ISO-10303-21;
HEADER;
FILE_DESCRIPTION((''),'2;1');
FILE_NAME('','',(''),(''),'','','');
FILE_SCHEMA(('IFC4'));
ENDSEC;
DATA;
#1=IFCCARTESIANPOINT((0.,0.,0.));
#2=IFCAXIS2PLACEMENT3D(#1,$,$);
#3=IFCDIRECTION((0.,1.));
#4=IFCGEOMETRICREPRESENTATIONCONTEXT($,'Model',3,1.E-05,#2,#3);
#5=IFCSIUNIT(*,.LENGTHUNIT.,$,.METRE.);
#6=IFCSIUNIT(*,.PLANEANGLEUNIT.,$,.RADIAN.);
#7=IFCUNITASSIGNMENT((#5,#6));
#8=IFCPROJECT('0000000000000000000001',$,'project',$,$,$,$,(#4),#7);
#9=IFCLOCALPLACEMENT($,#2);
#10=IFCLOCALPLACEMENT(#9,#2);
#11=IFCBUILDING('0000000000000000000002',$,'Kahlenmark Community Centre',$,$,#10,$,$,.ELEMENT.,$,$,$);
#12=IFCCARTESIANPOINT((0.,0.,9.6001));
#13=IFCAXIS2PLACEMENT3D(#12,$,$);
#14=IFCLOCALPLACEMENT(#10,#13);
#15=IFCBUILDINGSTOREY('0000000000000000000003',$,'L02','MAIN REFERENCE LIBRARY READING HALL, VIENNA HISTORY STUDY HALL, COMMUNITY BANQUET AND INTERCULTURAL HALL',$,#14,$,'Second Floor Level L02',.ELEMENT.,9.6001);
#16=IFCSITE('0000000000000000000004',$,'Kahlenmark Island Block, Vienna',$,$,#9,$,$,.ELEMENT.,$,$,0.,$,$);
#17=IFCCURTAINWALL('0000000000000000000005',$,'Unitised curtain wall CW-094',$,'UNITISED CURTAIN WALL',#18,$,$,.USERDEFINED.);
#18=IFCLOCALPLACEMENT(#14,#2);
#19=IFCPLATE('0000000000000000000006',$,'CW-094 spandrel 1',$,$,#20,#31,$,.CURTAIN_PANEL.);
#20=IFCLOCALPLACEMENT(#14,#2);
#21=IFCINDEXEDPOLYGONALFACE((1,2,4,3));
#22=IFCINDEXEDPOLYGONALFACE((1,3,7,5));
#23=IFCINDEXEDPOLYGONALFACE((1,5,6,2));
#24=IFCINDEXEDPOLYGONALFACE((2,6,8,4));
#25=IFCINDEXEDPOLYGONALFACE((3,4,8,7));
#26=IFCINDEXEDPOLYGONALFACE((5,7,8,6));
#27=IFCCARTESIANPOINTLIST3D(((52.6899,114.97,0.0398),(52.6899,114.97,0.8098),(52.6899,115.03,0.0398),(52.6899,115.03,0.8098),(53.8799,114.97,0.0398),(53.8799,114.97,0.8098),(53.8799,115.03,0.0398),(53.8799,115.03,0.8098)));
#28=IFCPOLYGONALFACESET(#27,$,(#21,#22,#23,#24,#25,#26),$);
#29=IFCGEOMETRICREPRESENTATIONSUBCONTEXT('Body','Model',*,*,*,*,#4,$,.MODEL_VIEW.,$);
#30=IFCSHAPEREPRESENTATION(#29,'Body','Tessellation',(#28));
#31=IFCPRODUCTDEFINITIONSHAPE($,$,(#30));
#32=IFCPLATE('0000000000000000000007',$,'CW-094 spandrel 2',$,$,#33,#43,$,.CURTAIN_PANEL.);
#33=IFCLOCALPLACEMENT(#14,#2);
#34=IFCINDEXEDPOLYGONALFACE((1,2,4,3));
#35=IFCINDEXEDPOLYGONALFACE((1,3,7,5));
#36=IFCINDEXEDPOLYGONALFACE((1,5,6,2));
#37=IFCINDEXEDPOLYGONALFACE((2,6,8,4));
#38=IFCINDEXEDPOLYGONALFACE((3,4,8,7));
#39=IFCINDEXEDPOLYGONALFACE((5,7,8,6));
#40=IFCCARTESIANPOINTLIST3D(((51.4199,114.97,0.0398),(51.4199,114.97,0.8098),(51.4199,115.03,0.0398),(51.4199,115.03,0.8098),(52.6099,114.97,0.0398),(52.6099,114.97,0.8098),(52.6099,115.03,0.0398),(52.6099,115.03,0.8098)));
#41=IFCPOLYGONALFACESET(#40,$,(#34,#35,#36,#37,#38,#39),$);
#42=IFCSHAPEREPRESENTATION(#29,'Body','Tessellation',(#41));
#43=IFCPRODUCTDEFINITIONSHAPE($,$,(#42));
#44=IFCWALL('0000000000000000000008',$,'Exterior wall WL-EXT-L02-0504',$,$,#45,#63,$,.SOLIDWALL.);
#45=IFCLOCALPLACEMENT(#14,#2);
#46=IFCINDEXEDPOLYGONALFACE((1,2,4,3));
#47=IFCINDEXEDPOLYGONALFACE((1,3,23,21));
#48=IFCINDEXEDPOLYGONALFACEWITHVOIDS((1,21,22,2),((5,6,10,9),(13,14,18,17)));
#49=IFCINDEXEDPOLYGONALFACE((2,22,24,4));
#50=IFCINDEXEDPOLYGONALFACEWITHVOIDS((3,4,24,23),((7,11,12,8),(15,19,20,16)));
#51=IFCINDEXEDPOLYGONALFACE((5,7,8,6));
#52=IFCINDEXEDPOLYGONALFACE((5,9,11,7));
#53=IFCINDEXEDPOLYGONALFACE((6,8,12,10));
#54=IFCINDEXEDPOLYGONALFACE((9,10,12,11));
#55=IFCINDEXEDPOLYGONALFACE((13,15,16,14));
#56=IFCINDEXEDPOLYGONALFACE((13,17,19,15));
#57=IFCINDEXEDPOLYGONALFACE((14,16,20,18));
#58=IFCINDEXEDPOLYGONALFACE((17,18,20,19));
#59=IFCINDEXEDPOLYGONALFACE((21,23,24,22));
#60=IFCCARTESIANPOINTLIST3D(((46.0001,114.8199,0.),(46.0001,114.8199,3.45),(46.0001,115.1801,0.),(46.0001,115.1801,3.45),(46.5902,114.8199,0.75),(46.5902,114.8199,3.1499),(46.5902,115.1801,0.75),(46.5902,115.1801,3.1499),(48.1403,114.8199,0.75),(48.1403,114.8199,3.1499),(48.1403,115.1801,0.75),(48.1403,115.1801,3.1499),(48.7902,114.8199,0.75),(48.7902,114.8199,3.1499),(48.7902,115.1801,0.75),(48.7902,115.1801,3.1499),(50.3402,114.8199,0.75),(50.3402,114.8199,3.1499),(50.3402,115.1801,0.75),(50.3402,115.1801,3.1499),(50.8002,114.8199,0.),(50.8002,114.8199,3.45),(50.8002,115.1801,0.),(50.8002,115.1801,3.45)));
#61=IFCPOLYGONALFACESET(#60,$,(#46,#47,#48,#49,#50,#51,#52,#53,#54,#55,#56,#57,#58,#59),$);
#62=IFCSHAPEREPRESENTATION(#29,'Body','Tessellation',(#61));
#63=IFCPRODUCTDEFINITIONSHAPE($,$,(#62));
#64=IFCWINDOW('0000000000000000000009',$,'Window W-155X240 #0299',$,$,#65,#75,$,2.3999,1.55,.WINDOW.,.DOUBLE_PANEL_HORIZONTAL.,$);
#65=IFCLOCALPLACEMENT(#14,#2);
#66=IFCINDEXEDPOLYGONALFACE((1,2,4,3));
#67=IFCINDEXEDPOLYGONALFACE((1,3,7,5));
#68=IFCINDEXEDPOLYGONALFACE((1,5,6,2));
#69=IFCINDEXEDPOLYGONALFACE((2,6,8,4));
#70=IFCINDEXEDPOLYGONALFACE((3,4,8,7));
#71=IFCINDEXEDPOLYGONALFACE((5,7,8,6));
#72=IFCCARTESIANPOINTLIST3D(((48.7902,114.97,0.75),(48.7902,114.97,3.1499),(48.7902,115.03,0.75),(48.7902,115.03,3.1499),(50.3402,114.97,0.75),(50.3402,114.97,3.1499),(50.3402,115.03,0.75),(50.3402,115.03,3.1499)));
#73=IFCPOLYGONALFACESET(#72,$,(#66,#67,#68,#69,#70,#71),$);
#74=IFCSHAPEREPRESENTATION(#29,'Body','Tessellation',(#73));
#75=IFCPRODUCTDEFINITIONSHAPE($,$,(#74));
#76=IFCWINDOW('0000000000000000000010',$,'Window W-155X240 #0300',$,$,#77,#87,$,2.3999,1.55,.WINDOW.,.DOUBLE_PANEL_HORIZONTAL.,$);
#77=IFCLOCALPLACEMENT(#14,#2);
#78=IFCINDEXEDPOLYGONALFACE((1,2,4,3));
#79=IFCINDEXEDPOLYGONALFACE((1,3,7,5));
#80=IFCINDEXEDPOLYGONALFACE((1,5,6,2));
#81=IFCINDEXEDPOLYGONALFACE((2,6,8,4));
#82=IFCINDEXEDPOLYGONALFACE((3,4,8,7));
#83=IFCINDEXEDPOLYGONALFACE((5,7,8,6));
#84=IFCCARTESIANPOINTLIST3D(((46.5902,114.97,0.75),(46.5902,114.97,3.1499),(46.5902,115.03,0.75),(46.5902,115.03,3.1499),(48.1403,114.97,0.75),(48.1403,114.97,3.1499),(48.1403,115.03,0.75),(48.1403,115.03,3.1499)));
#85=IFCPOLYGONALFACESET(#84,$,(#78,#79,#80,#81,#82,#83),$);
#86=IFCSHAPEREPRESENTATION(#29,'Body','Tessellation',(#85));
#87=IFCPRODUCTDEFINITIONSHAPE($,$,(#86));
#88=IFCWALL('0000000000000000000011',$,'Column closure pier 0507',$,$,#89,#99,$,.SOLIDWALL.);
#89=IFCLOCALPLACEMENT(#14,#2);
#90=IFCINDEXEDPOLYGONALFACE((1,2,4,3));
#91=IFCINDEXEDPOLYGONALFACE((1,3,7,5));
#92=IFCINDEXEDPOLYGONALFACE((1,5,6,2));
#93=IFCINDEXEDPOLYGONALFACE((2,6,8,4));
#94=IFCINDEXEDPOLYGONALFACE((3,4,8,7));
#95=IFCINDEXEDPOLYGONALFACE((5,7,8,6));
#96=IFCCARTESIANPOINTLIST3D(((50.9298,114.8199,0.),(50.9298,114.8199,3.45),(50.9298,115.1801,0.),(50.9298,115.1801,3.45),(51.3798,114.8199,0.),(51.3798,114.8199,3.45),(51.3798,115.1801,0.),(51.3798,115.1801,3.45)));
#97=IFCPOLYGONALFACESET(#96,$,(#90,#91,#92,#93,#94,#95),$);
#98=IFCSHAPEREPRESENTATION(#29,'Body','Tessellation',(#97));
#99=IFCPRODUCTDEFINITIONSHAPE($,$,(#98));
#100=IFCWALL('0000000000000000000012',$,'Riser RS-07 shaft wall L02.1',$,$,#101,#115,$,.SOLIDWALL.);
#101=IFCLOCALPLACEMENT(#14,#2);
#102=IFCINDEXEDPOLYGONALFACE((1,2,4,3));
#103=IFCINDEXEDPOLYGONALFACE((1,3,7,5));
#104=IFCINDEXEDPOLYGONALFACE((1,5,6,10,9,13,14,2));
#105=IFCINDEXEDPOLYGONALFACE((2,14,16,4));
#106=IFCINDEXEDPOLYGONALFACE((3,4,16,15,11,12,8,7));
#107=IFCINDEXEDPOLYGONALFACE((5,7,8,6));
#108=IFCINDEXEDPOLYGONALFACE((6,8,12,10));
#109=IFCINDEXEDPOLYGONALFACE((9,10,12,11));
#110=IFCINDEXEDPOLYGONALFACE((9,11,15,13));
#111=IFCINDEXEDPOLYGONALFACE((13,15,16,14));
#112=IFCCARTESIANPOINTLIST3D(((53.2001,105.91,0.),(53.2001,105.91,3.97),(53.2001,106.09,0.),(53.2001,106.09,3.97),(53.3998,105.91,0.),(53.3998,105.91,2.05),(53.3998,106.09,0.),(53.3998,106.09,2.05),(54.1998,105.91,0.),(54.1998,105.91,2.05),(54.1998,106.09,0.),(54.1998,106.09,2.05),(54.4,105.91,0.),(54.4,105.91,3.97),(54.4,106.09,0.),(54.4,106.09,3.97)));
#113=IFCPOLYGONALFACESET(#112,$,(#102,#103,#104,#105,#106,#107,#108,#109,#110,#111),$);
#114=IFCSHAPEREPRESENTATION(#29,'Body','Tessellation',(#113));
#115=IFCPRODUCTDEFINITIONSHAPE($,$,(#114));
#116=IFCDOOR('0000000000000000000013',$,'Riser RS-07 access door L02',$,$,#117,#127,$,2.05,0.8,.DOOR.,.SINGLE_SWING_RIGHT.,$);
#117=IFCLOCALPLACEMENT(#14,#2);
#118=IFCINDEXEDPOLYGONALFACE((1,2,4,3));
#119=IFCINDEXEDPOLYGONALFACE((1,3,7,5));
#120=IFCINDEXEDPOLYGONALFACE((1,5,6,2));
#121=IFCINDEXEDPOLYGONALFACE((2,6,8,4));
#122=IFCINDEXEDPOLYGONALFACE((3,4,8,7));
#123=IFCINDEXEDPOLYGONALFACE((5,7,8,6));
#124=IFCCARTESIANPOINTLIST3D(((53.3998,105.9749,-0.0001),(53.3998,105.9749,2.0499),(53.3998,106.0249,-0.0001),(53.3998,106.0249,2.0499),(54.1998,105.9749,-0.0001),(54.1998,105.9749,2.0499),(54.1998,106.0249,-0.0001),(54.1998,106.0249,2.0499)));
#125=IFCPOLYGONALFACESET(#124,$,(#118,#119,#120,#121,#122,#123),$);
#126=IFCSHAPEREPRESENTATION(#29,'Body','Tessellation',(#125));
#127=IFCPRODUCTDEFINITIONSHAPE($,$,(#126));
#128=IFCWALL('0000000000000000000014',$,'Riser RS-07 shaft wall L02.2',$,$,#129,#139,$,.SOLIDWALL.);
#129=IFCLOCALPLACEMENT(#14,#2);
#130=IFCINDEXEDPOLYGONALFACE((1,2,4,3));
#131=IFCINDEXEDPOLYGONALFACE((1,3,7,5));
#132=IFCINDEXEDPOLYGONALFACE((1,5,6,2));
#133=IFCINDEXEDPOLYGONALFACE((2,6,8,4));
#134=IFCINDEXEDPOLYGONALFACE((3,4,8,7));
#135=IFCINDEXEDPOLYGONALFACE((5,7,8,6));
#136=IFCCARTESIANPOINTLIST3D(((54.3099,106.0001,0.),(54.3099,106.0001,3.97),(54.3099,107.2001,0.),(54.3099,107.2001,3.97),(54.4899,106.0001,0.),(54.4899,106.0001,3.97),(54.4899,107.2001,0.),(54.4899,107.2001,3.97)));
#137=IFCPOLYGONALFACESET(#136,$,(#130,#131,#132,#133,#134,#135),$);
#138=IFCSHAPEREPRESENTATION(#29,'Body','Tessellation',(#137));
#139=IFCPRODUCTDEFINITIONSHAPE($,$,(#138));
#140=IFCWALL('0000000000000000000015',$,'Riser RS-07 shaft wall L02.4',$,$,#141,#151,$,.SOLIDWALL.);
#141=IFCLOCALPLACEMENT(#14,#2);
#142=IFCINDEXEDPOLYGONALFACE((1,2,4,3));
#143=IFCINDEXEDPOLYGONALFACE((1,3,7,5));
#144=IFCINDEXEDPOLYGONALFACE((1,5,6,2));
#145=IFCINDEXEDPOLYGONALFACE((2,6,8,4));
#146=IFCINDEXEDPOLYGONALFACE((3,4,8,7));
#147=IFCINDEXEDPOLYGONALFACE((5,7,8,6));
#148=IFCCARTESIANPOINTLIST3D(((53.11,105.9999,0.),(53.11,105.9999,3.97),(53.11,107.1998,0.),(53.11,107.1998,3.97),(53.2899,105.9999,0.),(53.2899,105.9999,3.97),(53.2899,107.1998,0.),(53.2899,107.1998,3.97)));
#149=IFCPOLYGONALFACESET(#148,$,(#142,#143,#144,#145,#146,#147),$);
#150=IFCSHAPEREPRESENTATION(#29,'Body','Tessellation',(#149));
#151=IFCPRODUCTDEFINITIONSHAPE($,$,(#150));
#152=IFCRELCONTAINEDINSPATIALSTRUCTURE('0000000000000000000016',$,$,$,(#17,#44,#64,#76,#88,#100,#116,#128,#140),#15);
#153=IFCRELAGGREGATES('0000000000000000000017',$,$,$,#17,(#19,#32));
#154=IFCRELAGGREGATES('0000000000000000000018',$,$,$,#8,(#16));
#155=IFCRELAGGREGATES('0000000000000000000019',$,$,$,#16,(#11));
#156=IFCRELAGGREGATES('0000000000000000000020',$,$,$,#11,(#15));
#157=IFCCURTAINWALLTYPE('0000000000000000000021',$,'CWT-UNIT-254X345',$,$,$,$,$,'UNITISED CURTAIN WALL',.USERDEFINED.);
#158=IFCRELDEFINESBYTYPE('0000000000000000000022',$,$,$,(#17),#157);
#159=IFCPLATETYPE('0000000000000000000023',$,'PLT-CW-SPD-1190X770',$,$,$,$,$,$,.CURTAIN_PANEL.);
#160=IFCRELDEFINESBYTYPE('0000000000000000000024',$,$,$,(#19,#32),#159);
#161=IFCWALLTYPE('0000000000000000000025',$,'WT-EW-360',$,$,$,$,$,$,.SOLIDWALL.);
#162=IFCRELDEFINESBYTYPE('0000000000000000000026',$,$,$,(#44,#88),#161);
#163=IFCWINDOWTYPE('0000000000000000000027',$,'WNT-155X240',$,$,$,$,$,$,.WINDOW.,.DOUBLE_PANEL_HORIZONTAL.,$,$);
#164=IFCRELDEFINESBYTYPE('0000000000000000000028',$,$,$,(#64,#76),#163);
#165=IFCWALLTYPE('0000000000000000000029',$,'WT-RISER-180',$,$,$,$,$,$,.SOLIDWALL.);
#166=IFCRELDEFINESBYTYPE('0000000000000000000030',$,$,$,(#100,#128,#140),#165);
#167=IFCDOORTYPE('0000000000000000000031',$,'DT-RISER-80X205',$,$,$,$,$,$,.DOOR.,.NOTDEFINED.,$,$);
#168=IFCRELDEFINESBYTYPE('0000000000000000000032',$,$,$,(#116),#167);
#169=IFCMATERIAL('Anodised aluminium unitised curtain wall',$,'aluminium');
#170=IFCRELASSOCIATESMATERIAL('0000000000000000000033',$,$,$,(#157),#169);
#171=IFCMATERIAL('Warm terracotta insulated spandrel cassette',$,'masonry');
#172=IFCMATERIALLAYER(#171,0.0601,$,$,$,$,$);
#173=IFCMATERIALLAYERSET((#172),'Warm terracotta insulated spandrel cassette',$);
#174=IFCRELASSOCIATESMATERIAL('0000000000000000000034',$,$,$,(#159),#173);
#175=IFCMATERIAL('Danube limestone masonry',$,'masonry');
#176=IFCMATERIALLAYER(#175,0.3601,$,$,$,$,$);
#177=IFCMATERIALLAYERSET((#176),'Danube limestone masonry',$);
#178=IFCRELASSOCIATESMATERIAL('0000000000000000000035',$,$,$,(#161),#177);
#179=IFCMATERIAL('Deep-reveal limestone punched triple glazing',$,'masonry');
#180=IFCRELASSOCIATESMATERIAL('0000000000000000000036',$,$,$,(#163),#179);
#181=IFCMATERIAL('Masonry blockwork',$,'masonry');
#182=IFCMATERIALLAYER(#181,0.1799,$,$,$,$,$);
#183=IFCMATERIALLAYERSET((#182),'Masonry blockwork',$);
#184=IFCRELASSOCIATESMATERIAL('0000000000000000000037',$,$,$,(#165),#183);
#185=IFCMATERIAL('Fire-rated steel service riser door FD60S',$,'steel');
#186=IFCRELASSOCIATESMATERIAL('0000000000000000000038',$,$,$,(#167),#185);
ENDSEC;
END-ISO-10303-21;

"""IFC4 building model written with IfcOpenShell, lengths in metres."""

from ifc_helpers import new_model, si_unit, direction, frame, frame_2d, origin, origin_2d, place, context, subcontext, project, spatial, rectangle, extrude, material, layer, layer_set, type_object, element, fill, aggregate, save


model = new_model("IFC4")

# Units and contexts
model_context = context("Model", 3, precision=1e-05, world=origin(), true_north=direction((0.0, 1.0)))
body_context = subcontext(model_context, "Body", "Model", "MODEL_VIEW")
ifc_project = project(units=[si_unit("LENGTHUNIT", "METRE"), si_unit("PLANEANGLEUNIT", "RADIAN")], contexts=[model_context])

# Site, building, storey
site_placement = place(None, origin())
site = spatial("IfcSite", under=ifc_project, at=site_placement, Name="Kahlenmark Island Block, Vienna", CompositionType="ELEMENT", RefElevation=0.0)
building_placement = place(site_placement, origin())
building = spatial("IfcBuilding", under=site, at=building_placement, Name="Kahlenmark Community Centre", CompositionType="ELEMENT")
storey_placement = place(building_placement, frame((0.0, 0.0, 9.6001)))
storey = spatial("IfcBuildingStorey", under=building, at=storey_placement, Name="L02", Description="MAIN REFERENCE LIBRARY READING HALL, VIENNA HISTORY STUDY HALL, COMMUNITY BANQUET AND INTERCULTURAL HALL", LongName="Second Floor Level L02", CompositionType="ELEMENT", Elevation=9.6001)

# Curtain wall, plates
ifc_material_1 = material(Name="Anodised aluminium unitised curtain wall", Category="aluminium")
curtain_wall_type = type_object("IfcCurtainWallType", Name="CWT-UNIT-254X345", ElementType="UNITISED CURTAIN WALL", PredefinedType="USERDEFINED", material=ifc_material_1)
curtain_wall_placement = place(storey_placement, origin())
curtain_wall = element("IfcCurtainWall", 1, at=curtain_wall_placement, inside=storey, type_object=curtain_wall_type, Name="Unitised curtain wall CW-094", ObjectType="UNITISED CURTAIN WALL", PredefinedType="USERDEFINED")
ifc_material_2 = material(Name="Warm terracotta insulated spandrel cassette", Category="masonry")
ifc_layer_1 = layer(ifc_material_2, 0.0601)
ifc_layer_set_1 = layer_set([ifc_layer_1], Name="Warm terracotta insulated spandrel cassette")
plate_type_1 = type_object("IfcPlateType", Name="PLT-CW-SPD-1190X770", PredefinedType="CURTAIN_PANEL", material=ifc_layer_set_1)
plate_1_placement = place(storey_placement, frame((53.2849, 115.0, 0.0398), z_axis=(0.0, 0.0, 1.0), x_axis=(-1.0, 0.0, 0.0)))
plate_1 = element("IfcPlate", 2, at=plate_1_placement, type_object=plate_type_1, Name="CW-094 spandrel 1", PredefinedType="CURTAIN_PANEL", context=body_context, shape_type="SweptSolid", body=[
    extrude(rectangle(XDim=1.1899, YDim=0.0601, at=origin_2d()), origin(), (0.0, 0.0, 1.0), 0.77),
])
plate_2_placement = place(storey_placement, frame((52.0149, 115.0, 0.0398), z_axis=(0.0, 0.0, 1.0), x_axis=(-1.0, 0.0, 0.0)))
plate_2 = element("IfcPlate", 3, at=plate_2_placement, type_object=plate_type_1, Name="CW-094 spandrel 2", PredefinedType="CURTAIN_PANEL", context=body_context, shape_type="SweptSolid", body=[
    extrude(rectangle(XDim=1.1899, YDim=0.0601, at=origin_2d()), origin(), (0.0, 0.0, 1.0), 0.77),
])
aggregate(curtain_wall, [plate_1, plate_2])

# Wall, openings, windows
ifc_material_3 = material(Name="Danube limestone masonry", Category="masonry")
ifc_layer_2 = layer(ifc_material_3, 0.3601)
ifc_layer_set_2 = layer_set([ifc_layer_2], Name="Danube limestone masonry")
wall_type_1 = type_object("IfcWallType", Name="WT-EW-360", PredefinedType="SOLIDWALL", material=ifc_layer_set_2)
wall_1_placement = place(storey_placement, frame((50.8, 115.0, 0.0), z_axis=(0.0, 0.0, 1.0), x_axis=(-1.0, 0.0, 0.0)))
wall_1 = element("IfcWall", 4, at=wall_1_placement, inside=storey, type_object=wall_type_1, Name="Exterior wall WL-EXT-L02-0504", PredefinedType="SOLIDWALL", context=body_context, shape_type="SweptSolid", body=[
    extrude(rectangle(XDim=4.8, YDim=0.3601, at=frame_2d((2.3999, 0.0))), origin(), (0.0, 0.0, 1.0), 3.45),
])
opening_1_placement = place(wall_1_placement, frame((0.46, 0.0, 0.75)))
opening_1 = element("IfcOpeningElement", 5, at=opening_1_placement, cuts=wall_1, PredefinedType="OPENING", context=body_context, shape_type="SweptSolid", body=[
    extrude(rectangle(XDim=1.55, YDim=2.3999, at=frame_2d((0.7749, 1.2))), frame((0.0, 0.1899, 0.0), z_axis=(0.0, -1.0, 0.0), x_axis=(1.0, 0.0, 0.0)), (0.0, 0.0, 1.0), 0.3801),
])
opening_2_placement = place(wall_1_placement, frame((2.6599, 0.0, 0.75)))
opening_2 = element("IfcOpeningElement", 6, at=opening_2_placement, cuts=wall_1, PredefinedType="OPENING", context=body_context, shape_type="SweptSolid", body=[
    extrude(rectangle(XDim=1.55, YDim=2.3999, at=frame_2d((0.7749, 1.2))), frame((0.0, 0.1899, 0.0), z_axis=(0.0, -1.0, 0.0), x_axis=(1.0, 0.0, 0.0)), (0.0, 0.0, 1.0), 0.3801),
])
ifc_material_4 = material(Name="Deep-reveal limestone punched triple glazing", Category="masonry")
window_type = type_object("IfcWindowType", Name="WNT-155X240", PartitioningType="DOUBLE_PANEL_HORIZONTAL", PredefinedType="WINDOW", material=ifc_material_4)
window_1_placement = place(opening_1_placement, origin())
window_1 = element("IfcWindow", 7, at=window_1_placement, inside=storey, type_object=window_type, Name="Window W-155X240 #0299", OverallHeight=2.3999, OverallWidth=1.55, PartitioningType="DOUBLE_PANEL_HORIZONTAL", PredefinedType="WINDOW", context=body_context, shape_type="SweptSolid", body=[
    extrude(rectangle(XDim=1.55, YDim=2.3999, at=frame_2d((0.7749, 1.2))), frame((0.0, 0.03, 0.0), z_axis=(0.0, -1.0, 0.0), x_axis=(1.0, 0.0, 0.0)), (0.0, 0.0, 1.0), 0.0601),
])
fill(opening_1, window_1)
window_2_placement = place(opening_2_placement, origin())
window_2 = element("IfcWindow", 8, at=window_2_placement, inside=storey, type_object=window_type, Name="Window W-155X240 #0300", OverallHeight=2.3999, OverallWidth=1.55, PartitioningType="DOUBLE_PANEL_HORIZONTAL", PredefinedType="WINDOW", context=body_context, shape_type="SweptSolid", body=[
    extrude(rectangle(XDim=1.55, YDim=2.3999, at=frame_2d((0.7749, 1.2))), frame((0.0, 0.03, 0.0), z_axis=(0.0, -1.0, 0.0), x_axis=(1.0, 0.0, 0.0)), (0.0, 0.0, 1.0), 0.0601),
])
fill(opening_2, window_2)

# Wall
wall_2_placement = place(storey_placement, frame((51.3799, 115.0, 0.0), z_axis=(0.0, 0.0, 1.0), x_axis=(-1.0, 0.0, 0.0)))
element("IfcWall", 9, at=wall_2_placement, inside=storey, type_object=wall_type_1, Name="Column closure pier 0507", PredefinedType="SOLIDWALL", context=body_context, shape_type="SweptSolid", body=[
    extrude(rectangle(XDim=0.45, YDim=0.3601, at=frame_2d((0.2251, 0.0))), origin(), (0.0, 0.0, 1.0), 3.45),
])

# Wall, opening, door
ifc_material_5 = material(Name="Masonry blockwork", Category="masonry")
ifc_layer_3 = layer(ifc_material_5, 0.1799)
ifc_layer_set_3 = layer_set([ifc_layer_3], Name="Masonry blockwork")
wall_type_2 = type_object("IfcWallType", Name="WT-RISER-180", PredefinedType="SOLIDWALL", material=ifc_layer_set_3)
wall_3_placement = place(storey_placement, frame((53.2, 106.0, 0.0), z_axis=(0.0, 0.0, 1.0), x_axis=(1.0, 0.0, 0.0)))
wall_3 = element("IfcWall", 10, at=wall_3_placement, inside=storey, type_object=wall_type_2, Name="Riser RS-07 shaft wall L02.1", PredefinedType="SOLIDWALL", context=body_context, shape_type="SweptSolid", body=[
    extrude(rectangle(XDim=1.2, YDim=0.1799, at=frame_2d((0.6001, 0.0))), origin(), (0.0, 0.0, 1.0), 3.97),
])
opening_3_placement = place(wall_3_placement, frame((0.2, 0.0, -0.01)))
opening_3 = element("IfcOpeningElement", 11, at=opening_3_placement, cuts=wall_3, PredefinedType="OPENING", context=body_context, shape_type="SweptSolid", body=[
    extrude(rectangle(XDim=0.8, YDim=2.0601, at=frame_2d((0.3999, 1.03))), frame((0.0, 0.0999, 0.0), z_axis=(0.0, -1.0, 0.0), x_axis=(1.0, 0.0, 0.0)), (0.0, 0.0, 1.0), 0.2),
])
ifc_material_6 = material(Name="Fire-rated steel service riser door FD60S", Category="steel")
door_type = type_object("IfcDoorType", Name="DT-RISER-80X205", OperationType="NOTDEFINED", PredefinedType="DOOR", material=ifc_material_6)
door_placement = place(opening_3_placement, frame((0.0, 0.0, 0.01)))
door = element("IfcDoor", 12, at=door_placement, inside=storey, type_object=door_type, Name="Riser RS-07 access door L02", OperationType="SINGLE_SWING_RIGHT", OverallHeight=2.05, OverallWidth=0.8, PredefinedType="DOOR", context=body_context, shape_type="SweptSolid", body=[
    extrude(rectangle(XDim=0.8, YDim=2.05, at=frame_2d((0.3999, 1.0249))), frame((0.0, 0.0249, 0.0), z_axis=(0.0, -1.0, 0.0), x_axis=(1.0, 0.0, 0.0)), (0.0, 0.0, 1.0), 0.05),
])
fill(opening_3, door)

# Walls
for number, where, z_axis, x_axis, name in (
    (13, (54.3999, 106.0, 0.0), (0.0, 0.0, 1.0), (0.0, 1.0, 0.0), "Riser RS-07 shaft wall L02.2"),
    (14, (53.2, 107.2, 0.0), (0.0, 0.0, 1.0), (0.0, -1.0, 0.0), "Riser RS-07 shaft wall L02.4"),
):
    element("IfcWall", number, at=place(storey_placement, frame(where, z_axis=z_axis, x_axis=x_axis)), inside=storey, type_object=wall_type_2, Name=name, PredefinedType="SOLIDWALL", context=body_context, shape_type="SweptSolid", body=[
        extrude(rectangle(XDim=1.2, YDim=0.1799, at=frame_2d((0.6001, 0.0))), origin(), (0.0, 0.0, 1.0), 3.97),
    ])

save(model, "model.ifc")
